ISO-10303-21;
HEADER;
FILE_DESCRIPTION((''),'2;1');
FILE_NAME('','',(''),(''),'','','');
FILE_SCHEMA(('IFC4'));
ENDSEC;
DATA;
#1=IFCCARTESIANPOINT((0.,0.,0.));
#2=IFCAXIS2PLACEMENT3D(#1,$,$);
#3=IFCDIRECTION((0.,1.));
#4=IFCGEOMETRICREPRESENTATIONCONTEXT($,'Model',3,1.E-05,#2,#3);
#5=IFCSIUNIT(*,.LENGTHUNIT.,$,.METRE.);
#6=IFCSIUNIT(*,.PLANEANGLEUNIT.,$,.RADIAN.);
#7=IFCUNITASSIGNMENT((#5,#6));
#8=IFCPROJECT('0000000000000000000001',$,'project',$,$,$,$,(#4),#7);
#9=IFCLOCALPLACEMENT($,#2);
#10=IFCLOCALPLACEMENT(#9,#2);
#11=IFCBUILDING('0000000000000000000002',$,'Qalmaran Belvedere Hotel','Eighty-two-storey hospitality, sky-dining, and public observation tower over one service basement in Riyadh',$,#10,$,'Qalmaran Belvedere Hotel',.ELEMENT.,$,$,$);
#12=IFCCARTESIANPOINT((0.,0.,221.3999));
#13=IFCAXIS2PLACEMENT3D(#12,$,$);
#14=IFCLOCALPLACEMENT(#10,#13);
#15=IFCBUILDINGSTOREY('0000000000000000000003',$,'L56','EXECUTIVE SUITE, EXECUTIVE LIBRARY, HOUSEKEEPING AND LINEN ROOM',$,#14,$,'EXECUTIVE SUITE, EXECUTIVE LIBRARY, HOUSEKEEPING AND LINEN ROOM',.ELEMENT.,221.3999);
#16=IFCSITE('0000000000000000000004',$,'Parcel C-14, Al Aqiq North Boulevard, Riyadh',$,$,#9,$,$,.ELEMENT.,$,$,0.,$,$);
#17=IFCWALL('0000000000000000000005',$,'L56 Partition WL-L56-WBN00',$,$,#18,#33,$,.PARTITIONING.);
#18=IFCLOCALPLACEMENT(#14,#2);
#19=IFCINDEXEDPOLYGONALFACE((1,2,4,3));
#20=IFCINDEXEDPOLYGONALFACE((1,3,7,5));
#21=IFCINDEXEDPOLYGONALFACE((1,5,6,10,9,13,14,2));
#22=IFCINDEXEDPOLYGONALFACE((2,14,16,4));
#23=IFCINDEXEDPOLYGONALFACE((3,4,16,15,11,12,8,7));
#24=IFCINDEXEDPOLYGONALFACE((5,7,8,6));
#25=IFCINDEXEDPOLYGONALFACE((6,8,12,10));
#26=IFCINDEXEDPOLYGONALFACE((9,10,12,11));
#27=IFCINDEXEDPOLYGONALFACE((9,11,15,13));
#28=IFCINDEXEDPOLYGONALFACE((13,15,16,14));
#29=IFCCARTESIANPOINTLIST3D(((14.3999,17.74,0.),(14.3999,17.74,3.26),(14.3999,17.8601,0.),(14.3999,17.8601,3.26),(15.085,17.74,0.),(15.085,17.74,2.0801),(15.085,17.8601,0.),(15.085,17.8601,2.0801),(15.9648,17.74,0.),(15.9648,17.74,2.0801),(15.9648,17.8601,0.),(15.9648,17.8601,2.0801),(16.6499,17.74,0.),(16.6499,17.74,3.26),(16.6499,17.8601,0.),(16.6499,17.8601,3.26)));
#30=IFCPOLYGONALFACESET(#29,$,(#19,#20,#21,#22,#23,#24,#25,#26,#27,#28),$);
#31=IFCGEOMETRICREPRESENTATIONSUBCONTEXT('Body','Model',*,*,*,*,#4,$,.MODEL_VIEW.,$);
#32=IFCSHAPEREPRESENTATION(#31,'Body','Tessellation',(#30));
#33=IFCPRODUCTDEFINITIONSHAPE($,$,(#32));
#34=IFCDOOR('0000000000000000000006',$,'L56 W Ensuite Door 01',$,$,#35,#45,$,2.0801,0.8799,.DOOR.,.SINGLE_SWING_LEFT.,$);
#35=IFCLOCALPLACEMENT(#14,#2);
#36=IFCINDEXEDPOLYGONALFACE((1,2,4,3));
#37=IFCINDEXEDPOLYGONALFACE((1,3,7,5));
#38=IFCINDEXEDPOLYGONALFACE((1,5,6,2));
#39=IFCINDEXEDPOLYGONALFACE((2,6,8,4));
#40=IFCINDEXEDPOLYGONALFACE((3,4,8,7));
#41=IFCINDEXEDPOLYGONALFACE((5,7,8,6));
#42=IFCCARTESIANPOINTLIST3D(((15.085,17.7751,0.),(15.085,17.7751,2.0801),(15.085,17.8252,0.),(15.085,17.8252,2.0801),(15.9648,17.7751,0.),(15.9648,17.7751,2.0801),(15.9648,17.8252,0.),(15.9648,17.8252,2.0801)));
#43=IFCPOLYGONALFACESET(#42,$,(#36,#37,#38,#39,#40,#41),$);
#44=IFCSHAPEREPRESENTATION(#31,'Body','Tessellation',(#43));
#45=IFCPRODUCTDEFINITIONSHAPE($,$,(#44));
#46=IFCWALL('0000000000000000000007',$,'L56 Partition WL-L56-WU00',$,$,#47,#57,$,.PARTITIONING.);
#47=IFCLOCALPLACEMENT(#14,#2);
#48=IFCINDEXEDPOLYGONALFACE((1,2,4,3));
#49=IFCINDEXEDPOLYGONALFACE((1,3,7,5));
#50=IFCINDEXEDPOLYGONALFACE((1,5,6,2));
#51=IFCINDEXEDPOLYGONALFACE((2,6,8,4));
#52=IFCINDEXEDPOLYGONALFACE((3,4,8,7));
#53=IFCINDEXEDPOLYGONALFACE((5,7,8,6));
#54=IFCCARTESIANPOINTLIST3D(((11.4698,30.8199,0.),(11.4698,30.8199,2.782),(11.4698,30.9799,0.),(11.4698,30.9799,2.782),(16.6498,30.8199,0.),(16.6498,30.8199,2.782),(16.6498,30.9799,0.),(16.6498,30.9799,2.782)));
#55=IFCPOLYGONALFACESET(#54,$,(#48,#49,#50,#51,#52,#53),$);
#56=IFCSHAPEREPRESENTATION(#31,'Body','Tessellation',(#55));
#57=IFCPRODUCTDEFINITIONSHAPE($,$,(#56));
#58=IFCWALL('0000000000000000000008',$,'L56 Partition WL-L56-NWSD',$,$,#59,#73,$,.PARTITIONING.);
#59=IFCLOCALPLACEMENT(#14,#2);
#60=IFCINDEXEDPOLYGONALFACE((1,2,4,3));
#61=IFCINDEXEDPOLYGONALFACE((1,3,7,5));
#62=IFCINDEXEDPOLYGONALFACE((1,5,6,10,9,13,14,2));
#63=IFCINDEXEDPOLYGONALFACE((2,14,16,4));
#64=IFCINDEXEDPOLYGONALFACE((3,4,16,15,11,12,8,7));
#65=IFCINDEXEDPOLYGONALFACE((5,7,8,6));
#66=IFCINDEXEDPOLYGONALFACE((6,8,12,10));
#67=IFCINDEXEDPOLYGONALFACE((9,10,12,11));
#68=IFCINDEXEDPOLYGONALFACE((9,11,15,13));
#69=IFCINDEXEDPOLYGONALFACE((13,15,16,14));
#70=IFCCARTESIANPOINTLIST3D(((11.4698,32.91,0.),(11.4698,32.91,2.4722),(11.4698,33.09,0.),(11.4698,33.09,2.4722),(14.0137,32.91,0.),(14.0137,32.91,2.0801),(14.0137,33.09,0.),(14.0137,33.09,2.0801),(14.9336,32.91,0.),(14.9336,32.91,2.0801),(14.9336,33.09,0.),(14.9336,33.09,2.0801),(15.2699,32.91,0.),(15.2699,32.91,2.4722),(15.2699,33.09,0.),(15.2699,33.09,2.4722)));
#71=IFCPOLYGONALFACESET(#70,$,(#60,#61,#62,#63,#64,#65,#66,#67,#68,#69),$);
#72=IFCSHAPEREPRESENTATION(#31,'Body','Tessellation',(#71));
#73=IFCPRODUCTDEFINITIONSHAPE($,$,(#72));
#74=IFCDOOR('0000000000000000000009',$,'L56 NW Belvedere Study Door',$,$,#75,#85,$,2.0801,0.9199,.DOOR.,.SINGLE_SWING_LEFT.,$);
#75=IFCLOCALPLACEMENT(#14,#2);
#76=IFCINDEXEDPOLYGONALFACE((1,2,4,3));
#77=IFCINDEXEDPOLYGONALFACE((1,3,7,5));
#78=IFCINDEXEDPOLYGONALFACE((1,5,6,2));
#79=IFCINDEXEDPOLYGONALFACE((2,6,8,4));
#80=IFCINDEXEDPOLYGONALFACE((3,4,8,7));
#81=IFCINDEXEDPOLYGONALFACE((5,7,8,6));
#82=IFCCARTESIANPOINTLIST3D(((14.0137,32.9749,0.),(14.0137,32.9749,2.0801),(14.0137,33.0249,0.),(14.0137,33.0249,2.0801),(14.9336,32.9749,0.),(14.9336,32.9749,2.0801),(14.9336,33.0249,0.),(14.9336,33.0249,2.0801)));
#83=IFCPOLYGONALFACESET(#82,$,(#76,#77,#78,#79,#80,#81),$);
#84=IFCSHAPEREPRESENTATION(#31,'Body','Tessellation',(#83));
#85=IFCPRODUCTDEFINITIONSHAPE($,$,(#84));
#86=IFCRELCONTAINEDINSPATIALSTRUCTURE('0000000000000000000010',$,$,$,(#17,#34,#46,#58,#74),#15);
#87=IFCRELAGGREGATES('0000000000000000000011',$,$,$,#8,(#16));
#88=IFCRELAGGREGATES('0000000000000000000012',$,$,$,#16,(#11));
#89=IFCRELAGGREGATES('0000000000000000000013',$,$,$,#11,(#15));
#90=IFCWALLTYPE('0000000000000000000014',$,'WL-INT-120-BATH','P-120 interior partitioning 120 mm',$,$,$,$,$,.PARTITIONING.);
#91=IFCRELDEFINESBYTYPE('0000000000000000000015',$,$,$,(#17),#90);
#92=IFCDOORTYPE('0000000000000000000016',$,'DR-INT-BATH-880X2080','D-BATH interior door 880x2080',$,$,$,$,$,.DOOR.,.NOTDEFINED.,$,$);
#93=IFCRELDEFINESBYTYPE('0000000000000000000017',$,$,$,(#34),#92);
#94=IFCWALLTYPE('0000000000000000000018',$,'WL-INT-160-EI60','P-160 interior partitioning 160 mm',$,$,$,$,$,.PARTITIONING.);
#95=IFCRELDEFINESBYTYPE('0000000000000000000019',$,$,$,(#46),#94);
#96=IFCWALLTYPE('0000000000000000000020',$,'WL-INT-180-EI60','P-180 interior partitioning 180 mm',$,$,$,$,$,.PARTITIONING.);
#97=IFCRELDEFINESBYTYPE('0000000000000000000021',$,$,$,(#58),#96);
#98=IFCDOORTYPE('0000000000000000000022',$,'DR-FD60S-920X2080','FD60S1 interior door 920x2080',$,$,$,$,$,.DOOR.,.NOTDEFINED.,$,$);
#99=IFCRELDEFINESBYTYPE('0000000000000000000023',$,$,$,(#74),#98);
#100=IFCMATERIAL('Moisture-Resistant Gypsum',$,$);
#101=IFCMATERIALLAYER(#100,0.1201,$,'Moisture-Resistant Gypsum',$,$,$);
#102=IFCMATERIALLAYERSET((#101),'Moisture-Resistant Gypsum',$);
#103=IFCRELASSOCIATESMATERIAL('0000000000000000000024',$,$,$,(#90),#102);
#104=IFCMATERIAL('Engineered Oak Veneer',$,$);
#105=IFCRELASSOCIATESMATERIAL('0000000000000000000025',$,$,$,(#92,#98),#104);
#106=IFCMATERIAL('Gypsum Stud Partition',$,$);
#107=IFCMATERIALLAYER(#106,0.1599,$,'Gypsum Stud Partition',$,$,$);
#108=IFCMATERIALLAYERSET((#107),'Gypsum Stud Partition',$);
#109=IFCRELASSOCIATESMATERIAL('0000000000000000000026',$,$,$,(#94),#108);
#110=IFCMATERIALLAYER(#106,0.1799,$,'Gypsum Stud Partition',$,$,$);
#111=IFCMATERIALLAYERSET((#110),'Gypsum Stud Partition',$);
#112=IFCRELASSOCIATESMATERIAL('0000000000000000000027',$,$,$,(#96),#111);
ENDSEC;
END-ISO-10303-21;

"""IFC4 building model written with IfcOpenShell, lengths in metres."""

from ifc_helpers import new_model, si_unit, direction, frame, frame_2d, origin, place, context, subcontext, project, spatial, rectangle, extrude, material, layer, layer_set, type_object, element, fill, save


model = new_model("IFC4")

# Units and contexts
model_context = context("Model", 3, precision=1e-05, world=origin(), true_north=direction((0.0, 1.0)))
body_context = subcontext(model_context, "Body", "Model", "MODEL_VIEW")
ifc_project = project(units=[si_unit("LENGTHUNIT", "METRE"), si_unit("PLANEANGLEUNIT", "RADIAN")], contexts=[model_context])

# Site, building, storey
site_placement = place(None, origin())
site = spatial("IfcSite", under=ifc_project, at=site_placement, Name="Parcel C-14, Al Aqiq North Boulevard, Riyadh", CompositionType="ELEMENT", RefElevation=0.0)
building_placement = place(site_placement, origin())
building = spatial("IfcBuilding", under=site, at=building_placement, Name="Qalmaran Belvedere Hotel", Description="Eighty-two-storey hospitality, sky-dining, and public observation tower over one service basement in Riyadh", LongName="Qalmaran Belvedere Hotel", CompositionType="ELEMENT")
storey_placement = place(building_placement, frame((0.0, 0.0, 221.3999)))
storey = spatial("IfcBuildingStorey", under=building, at=storey_placement, Name="L56", Description="EXECUTIVE SUITE, EXECUTIVE LIBRARY, HOUSEKEEPING AND LINEN ROOM", LongName="EXECUTIVE SUITE, EXECUTIVE LIBRARY, HOUSEKEEPING AND LINEN ROOM", CompositionType="ELEMENT", Elevation=221.3999)

# Wall, opening, door
ifc_material_1 = material(Name="Moisture-Resistant Gypsum")
ifc_layer_1 = layer(ifc_material_1, 0.1201, Name="Moisture-Resistant Gypsum")
ifc_layer_set_1 = layer_set([ifc_layer_1], Name="Moisture-Resistant Gypsum")
wall_type_1 = type_object("IfcWallType", Name="WL-INT-120-BATH", Description="P-120 interior partitioning 120 mm", PredefinedType="PARTITIONING", material=ifc_layer_set_1)
wall_1_placement = place(storey_placement, frame((14.3999, 17.8, 0.0), z_axis=(0.0, 0.0, 1.0), x_axis=(1.0, 0.0, 0.0)))
wall_1 = element("IfcWall", 1, at=wall_1_placement, inside=storey, type_object=wall_type_1, Name="L56 Partition WL-L56-WBN00", PredefinedType="PARTITIONING", context=body_context, shape_type="SweptSolid", body=[
    extrude(rectangle(XDim=2.25, YDim=0.1201, at=frame_2d((1.125, 0.0))), origin(), (0.0, 0.0, 1.0), 3.26),
])
opening_1_placement = place(wall_1_placement, frame((1.5649, 0.0, 0.0), z_axis=(0.0, 0.0, 1.0), x_axis=(-1.0, 0.0, 0.0)))
opening_1 = element("IfcOpeningElement", 2, at=opening_1_placement, cuts=wall_1, PredefinedType="OPENING", context=body_context, shape_type="SweptSolid", body=[
    extrude(rectangle(XDim=0.8799, YDim=2.0801, at=frame_2d((0.4399, 1.04))), frame((0.0, 0.0701, 0.0), z_axis=(0.0, -1.0, 0.0), x_axis=(1.0, 0.0, 0.0)), (0.0, 0.0, 1.0), 0.1401),
])
ifc_material_2 = material(Name="Engineered Oak Veneer")
door_type_1 = type_object("IfcDoorType", Name="DR-INT-BATH-880X2080", Description="D-BATH interior door 880x2080", OperationType="NOTDEFINED", PredefinedType="DOOR", material=ifc_material_2)
door_1_placement = place(opening_1_placement, origin())
door_1 = element("IfcDoor", 3, at=door_1_placement, inside=storey, type_object=door_type_1, Name="L56 W Ensuite Door 01", OperationType="SINGLE_SWING_LEFT", OverallHeight=2.0801, OverallWidth=0.8799, PredefinedType="DOOR", context=body_context, shape_type="SweptSolid", body=[
    extrude(rectangle(XDim=0.8799, YDim=2.0801, at=frame_2d((0.4399, 1.04))), frame((0.0, 0.0249, 0.0), z_axis=(0.0, -1.0, 0.0), x_axis=(1.0, 0.0, 0.0)), (0.0, 0.0, 1.0), 0.05),
])
fill(opening_1, door_1)

# Wall
ifc_material_3 = material(Name="Gypsum Stud Partition")
ifc_layer_2 = layer(ifc_material_3, 0.1599, Name="Gypsum Stud Partition")
ifc_layer_set_2 = layer_set([ifc_layer_2], Name="Gypsum Stud Partition")
wall_type_2 = type_object("IfcWallType", Name="WL-INT-160-EI60", Description="P-160 interior partitioning 160 mm", PredefinedType="PARTITIONING", material=ifc_layer_set_2)
wall_2_placement = place(storey_placement, frame((11.47, 30.8999, 0.0), z_axis=(0.0, 0.0, 1.0), x_axis=(1.0, 0.0, 0.0)))
element("IfcWall", 4, at=wall_2_placement, inside=storey, type_object=wall_type_2, Name="L56 Partition WL-L56-WU00", PredefinedType="PARTITIONING", context=body_context, shape_type="SweptSolid", body=[
    extrude(rectangle(XDim=5.1799, YDim=0.1599, at=frame_2d((2.5898, 0.0))), origin(), (0.0, 0.0, 1.0), 2.782),
])

# Wall, opening, door
ifc_layer_3 = layer(ifc_material_3, 0.1799, Name="Gypsum Stud Partition")
ifc_layer_set_3 = layer_set([ifc_layer_3], Name="Gypsum Stud Partition")
wall_type_3 = type_object("IfcWallType", Name="WL-INT-180-EI60", Description="P-180 interior partitioning 180 mm", PredefinedType="PARTITIONING", material=ifc_layer_set_3)
wall_3_placement = place(storey_placement, frame((11.47, 33.0, 0.0), z_axis=(0.0, 0.0, 1.0), x_axis=(1.0, 0.0, 0.0)))
wall_3 = element("IfcWall", 5, at=wall_3_placement, inside=storey, type_object=wall_type_3, Name="L56 Partition WL-L56-NWSD", PredefinedType="PARTITIONING", context=body_context, shape_type="SweptSolid", body=[
    extrude(rectangle(XDim=3.8, YDim=0.1799, at=frame_2d((1.8999, 0.0))), origin(), (0.0, 0.0, 1.0), 2.4722),
])
opening_2_placement = place(wall_3_placement, frame((2.5437, 0.0, 0.0)))
opening_2 = element("IfcOpeningElement", 6, at=opening_2_placement, cuts=wall_3, PredefinedType="OPENING", context=body_context, shape_type="SweptSolid", body=[
    extrude(rectangle(XDim=0.9199, YDim=2.0801, at=frame_2d((0.46, 1.04))), frame((0.0, 0.1001, 0.0), z_axis=(0.0, -1.0, 0.0), x_axis=(1.0, 0.0, 0.0)), (0.0, 0.0, 1.0), 0.2),
])
door_type_2 = type_object("IfcDoorType", Name="DR-FD60S-920X2080", Description="FD60S1 interior door 920x2080", OperationType="NOTDEFINED", PredefinedType="DOOR", material=ifc_material_2)
door_2_placement = place(opening_2_placement, origin())
door_2 = element("IfcDoor", 7, at=door_2_placement, inside=storey, type_object=door_type_2, Name="L56 NW Belvedere Study Door", OperationType="SINGLE_SWING_LEFT", OverallHeight=2.0801, OverallWidth=0.9199, PredefinedType="DOOR", context=body_context, shape_type="SweptSolid", body=[
    extrude(rectangle(XDim=0.9199, YDim=2.0801, at=frame_2d((0.46, 1.04))), frame((0.0, 0.0249, 0.0), z_axis=(0.0, -1.0, 0.0), x_axis=(1.0, 0.0, 0.0)), (0.0, 0.0, 1.0), 0.05),
])
fill(opening_2, door_2)

save(model, "model.ifc")
